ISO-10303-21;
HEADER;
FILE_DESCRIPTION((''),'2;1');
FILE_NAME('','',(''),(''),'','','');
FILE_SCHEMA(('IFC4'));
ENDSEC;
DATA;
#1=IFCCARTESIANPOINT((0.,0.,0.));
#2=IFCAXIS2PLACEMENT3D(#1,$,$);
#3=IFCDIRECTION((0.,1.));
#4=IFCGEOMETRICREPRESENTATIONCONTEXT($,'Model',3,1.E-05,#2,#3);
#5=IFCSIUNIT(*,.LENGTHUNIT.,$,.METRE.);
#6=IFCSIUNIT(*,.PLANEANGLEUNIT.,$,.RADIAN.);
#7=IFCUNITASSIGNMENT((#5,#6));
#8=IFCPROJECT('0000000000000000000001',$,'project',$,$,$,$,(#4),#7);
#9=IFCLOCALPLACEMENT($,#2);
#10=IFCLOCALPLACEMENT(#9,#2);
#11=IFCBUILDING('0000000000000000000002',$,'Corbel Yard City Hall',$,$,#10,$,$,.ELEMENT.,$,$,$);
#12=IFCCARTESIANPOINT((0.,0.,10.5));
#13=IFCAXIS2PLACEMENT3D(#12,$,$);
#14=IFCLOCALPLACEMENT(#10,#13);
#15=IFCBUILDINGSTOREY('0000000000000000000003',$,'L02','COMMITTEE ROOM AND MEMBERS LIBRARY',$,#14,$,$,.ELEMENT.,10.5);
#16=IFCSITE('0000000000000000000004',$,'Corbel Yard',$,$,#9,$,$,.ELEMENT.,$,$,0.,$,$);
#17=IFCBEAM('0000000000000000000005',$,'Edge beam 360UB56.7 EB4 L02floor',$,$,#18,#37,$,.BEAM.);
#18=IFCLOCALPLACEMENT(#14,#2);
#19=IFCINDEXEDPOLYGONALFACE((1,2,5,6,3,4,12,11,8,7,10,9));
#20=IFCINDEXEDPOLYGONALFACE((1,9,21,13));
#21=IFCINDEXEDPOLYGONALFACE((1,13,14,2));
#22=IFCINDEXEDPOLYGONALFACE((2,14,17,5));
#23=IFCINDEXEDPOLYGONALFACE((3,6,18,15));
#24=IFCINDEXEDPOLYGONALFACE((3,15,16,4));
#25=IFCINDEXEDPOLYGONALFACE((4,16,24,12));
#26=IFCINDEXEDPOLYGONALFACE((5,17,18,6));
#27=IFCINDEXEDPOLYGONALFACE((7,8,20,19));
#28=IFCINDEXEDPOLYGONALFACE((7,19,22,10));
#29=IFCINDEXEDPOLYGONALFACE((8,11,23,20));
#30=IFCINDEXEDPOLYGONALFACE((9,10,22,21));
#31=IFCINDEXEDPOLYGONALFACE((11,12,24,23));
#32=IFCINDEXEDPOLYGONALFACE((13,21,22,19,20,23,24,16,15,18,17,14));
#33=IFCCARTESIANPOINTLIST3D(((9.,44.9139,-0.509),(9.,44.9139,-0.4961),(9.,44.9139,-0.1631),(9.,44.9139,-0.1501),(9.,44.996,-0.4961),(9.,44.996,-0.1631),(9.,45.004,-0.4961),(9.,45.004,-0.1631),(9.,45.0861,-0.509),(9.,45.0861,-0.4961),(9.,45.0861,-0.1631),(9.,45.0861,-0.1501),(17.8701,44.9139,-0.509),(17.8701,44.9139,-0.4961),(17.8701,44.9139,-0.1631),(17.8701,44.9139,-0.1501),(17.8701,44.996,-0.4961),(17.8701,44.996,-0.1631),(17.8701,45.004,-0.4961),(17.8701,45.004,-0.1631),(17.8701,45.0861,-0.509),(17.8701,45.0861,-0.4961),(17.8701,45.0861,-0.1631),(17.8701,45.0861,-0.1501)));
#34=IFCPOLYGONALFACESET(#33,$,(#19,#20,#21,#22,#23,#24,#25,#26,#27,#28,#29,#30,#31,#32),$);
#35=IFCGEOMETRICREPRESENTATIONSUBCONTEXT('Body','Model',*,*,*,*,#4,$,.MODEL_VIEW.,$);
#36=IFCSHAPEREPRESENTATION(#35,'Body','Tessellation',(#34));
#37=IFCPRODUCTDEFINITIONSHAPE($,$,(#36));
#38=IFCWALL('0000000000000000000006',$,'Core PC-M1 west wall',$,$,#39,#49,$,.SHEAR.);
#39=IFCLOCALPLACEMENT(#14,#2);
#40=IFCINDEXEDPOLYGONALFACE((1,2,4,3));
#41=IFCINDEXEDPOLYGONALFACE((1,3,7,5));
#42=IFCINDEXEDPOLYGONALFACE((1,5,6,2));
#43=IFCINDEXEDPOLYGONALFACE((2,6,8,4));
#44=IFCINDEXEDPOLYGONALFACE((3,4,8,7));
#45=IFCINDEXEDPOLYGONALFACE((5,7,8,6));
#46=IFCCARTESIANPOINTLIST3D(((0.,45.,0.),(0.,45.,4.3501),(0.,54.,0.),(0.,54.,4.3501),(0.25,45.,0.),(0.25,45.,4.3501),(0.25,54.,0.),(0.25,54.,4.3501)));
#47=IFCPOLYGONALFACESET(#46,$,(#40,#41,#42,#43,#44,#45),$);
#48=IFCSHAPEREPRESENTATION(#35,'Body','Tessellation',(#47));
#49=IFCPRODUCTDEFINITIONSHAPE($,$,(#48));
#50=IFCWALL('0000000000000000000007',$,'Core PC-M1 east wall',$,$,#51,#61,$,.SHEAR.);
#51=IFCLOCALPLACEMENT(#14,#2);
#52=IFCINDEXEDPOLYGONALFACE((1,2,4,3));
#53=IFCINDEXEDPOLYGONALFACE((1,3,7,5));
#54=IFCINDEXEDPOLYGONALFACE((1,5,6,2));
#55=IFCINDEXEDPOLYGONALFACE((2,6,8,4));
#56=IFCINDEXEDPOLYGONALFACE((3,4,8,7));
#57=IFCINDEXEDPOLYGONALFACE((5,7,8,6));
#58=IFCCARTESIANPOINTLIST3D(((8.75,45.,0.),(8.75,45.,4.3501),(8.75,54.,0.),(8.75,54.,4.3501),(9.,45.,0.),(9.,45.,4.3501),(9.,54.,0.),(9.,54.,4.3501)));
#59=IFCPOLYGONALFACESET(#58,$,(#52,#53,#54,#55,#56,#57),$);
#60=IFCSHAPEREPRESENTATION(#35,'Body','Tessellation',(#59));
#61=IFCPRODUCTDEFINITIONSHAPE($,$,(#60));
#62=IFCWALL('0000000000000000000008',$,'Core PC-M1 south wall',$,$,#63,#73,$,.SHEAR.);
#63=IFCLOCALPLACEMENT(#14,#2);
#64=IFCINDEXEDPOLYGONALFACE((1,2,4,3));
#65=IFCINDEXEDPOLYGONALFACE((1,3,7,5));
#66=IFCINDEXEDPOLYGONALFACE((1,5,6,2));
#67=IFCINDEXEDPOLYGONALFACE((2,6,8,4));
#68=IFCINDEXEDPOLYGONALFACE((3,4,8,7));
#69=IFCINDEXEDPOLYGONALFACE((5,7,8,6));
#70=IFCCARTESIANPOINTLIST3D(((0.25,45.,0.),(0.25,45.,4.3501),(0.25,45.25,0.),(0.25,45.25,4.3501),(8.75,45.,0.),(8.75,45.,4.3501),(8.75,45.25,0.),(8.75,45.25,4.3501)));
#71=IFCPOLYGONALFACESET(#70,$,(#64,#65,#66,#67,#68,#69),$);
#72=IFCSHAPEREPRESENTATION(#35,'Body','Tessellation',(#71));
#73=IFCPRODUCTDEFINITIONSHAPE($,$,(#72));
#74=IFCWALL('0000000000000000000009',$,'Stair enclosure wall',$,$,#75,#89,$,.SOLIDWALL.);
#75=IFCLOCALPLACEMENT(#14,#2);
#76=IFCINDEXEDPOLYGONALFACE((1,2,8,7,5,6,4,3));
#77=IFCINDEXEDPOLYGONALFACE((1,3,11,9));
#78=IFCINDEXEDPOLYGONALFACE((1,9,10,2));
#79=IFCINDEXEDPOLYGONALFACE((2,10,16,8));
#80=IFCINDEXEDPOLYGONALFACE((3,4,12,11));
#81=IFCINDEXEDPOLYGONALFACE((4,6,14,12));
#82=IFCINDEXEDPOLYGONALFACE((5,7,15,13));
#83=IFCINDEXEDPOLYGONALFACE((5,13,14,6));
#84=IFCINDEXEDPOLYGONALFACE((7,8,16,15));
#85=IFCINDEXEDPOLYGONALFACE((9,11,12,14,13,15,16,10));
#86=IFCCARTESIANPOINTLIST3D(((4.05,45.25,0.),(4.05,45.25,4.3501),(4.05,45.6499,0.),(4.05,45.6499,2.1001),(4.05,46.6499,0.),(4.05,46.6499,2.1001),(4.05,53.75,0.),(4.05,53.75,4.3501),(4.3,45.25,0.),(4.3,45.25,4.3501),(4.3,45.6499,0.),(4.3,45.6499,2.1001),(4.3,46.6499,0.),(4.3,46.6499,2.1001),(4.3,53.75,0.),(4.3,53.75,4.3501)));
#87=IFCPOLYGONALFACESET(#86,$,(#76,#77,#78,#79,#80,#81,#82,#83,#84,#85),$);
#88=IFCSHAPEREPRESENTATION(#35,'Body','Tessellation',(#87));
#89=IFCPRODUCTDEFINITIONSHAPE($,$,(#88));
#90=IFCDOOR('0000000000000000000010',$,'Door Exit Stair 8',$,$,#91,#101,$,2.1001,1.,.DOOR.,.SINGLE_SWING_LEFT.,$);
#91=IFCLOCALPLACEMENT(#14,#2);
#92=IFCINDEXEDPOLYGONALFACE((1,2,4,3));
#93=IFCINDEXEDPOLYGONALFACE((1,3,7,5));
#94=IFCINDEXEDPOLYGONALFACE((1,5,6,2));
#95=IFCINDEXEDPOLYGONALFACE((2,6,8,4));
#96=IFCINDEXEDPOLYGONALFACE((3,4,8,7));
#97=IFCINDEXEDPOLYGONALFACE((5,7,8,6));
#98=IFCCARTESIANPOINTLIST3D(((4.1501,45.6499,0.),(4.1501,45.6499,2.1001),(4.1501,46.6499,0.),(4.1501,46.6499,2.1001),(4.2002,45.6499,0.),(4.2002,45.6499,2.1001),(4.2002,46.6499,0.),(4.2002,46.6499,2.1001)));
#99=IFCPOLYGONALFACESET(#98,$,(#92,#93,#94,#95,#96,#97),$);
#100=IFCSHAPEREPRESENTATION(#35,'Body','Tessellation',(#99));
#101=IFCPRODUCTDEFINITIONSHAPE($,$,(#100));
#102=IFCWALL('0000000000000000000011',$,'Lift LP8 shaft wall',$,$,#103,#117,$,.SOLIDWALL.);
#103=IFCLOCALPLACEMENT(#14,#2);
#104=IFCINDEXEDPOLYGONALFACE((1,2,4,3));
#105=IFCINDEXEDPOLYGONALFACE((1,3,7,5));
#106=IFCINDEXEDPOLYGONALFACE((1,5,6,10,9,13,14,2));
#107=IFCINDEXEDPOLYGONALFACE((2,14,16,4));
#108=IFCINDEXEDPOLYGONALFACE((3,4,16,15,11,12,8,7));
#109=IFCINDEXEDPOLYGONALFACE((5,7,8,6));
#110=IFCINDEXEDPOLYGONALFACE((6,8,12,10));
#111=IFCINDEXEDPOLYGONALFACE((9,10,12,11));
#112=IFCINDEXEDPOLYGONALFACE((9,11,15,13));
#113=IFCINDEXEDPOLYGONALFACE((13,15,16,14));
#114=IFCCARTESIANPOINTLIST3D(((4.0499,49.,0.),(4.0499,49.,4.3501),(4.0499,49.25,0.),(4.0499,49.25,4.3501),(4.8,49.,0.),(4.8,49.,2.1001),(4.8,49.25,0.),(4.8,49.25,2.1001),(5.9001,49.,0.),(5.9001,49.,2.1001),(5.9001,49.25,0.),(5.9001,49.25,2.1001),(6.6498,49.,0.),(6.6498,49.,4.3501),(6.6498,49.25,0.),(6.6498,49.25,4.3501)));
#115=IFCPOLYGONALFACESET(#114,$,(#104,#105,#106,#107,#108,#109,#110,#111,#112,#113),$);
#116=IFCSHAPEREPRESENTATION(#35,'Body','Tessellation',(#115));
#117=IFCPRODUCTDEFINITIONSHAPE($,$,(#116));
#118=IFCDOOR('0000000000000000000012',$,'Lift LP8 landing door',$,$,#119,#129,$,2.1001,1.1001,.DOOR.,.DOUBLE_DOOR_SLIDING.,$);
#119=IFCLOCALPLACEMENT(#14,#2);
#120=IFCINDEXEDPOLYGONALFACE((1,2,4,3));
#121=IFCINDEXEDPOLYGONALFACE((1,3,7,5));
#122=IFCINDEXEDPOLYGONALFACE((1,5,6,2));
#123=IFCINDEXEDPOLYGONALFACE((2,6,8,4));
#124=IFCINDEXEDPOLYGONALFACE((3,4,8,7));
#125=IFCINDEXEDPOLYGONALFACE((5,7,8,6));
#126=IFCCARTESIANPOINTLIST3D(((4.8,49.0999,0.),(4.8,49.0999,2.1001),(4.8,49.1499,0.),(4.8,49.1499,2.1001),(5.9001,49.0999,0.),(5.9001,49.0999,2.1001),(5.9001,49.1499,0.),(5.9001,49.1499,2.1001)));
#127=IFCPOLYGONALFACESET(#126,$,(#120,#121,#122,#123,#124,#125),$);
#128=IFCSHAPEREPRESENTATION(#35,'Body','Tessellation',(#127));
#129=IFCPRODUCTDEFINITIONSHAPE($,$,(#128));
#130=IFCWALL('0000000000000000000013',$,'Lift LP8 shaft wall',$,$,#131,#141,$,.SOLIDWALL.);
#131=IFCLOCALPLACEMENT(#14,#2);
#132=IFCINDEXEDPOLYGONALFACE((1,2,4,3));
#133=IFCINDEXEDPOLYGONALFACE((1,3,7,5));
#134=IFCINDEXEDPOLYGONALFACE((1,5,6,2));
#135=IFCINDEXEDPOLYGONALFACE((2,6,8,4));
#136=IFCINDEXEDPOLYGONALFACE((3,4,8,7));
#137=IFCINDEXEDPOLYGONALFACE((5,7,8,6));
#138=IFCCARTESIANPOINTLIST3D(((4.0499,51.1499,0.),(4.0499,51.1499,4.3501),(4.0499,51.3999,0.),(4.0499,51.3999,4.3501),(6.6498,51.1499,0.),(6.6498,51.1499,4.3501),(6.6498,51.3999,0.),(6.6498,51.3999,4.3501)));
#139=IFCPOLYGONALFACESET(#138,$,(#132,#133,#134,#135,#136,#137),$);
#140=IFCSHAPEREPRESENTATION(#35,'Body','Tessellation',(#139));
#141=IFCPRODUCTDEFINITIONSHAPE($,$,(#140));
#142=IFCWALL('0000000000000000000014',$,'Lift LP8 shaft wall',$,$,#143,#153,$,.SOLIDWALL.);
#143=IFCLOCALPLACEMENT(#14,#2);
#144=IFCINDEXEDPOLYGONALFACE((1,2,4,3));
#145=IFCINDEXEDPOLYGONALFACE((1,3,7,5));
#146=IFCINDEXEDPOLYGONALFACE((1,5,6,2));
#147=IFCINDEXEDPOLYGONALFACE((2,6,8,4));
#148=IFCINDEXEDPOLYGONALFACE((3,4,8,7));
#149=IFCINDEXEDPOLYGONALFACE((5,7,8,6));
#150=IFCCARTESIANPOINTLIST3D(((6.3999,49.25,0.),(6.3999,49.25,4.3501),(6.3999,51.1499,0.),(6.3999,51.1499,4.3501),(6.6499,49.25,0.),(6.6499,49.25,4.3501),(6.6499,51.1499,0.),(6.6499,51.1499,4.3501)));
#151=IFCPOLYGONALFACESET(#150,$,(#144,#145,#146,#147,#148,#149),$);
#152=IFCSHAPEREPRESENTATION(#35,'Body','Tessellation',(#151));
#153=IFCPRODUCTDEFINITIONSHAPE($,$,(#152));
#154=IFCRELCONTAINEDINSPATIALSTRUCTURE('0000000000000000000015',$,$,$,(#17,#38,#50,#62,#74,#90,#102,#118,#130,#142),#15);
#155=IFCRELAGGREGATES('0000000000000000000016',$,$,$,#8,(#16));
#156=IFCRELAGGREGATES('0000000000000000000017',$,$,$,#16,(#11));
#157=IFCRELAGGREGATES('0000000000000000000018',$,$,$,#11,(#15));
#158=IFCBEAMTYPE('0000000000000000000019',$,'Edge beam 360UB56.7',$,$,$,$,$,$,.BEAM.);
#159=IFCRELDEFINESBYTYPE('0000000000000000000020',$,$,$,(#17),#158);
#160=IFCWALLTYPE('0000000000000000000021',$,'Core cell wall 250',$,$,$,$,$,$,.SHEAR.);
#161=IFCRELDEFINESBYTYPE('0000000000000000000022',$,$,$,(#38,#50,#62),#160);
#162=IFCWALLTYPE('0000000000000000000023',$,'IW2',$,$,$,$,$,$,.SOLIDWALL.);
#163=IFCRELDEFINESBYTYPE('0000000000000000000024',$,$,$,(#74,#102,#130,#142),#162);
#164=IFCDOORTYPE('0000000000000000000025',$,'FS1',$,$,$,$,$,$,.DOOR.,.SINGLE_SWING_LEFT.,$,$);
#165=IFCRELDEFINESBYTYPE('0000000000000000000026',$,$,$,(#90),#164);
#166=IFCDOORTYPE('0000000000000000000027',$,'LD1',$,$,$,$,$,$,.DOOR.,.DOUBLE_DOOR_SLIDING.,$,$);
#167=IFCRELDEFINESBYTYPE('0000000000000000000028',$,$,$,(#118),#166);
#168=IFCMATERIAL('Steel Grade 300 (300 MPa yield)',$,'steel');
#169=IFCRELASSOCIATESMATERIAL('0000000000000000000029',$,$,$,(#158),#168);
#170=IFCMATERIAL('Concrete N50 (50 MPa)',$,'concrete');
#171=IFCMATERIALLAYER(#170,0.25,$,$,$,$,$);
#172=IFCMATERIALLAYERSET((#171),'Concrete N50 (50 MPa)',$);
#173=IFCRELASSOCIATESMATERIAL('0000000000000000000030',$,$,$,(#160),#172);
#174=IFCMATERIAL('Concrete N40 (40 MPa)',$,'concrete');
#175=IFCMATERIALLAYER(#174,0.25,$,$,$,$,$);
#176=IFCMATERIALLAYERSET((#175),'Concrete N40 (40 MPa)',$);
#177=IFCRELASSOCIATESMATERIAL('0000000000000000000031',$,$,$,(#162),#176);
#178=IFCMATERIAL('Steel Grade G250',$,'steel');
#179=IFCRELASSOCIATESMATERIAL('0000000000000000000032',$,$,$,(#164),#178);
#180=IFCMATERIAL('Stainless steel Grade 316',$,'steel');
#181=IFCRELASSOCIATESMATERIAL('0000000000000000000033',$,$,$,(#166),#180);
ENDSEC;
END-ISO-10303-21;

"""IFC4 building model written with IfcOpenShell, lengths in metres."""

from ifc_helpers import new_model, si_unit, direction, frame, frame_2d, origin, origin_2d, place, context, subcontext, project, spatial, rectangle, i_section, extrude, material, layer, layer_set, material_profile, profile_set, type_object, element, fill, save


model = new_model("IFC4")

# Units and contexts
model_context = context("Model", 3, precision=1e-05, world=origin(), true_north=direction((0.0, 1.0)))
body_context = subcontext(model_context, "Body", "Model", "MODEL_VIEW")
ifc_project = project(units=[si_unit("LENGTHUNIT", "METRE"), si_unit("PLANEANGLEUNIT", "RADIAN")], contexts=[model_context])

# Site, building, storey
site_placement = place(None, origin())
site = spatial("IfcSite", under=ifc_project, at=site_placement, Name="Corbel Yard", CompositionType="ELEMENT", RefElevation=0.0)
building_placement = place(site_placement, origin())
building = spatial("IfcBuilding", under=site, at=building_placement, Name="Corbel Yard City Hall", CompositionType="ELEMENT")
storey_placement = place(building_placement, frame((0.0, 0.0, 10.5)))
storey = spatial("IfcBuildingStorey", under=building, at=storey_placement, Name="L02", Description="COMMITTEE ROOM AND MEMBERS LIBRARY", CompositionType="ELEMENT", Elevation=10.5)

# Beam
ifc_material_1 = material(Name="Steel Grade 300 (300 MPa yield)", Category="steel")
ifc_material_profile = material_profile(ifc_material_1, i_section(OverallWidth=0.1721, OverallDepth=0.3589, WebThickness=0.0081, FlangeThickness=0.0129, at=origin_2d()), Name="360UB56.7")
ifc_profile_set = profile_set([ifc_material_profile], Name="Steel Grade 300 (300 MPa yield)")
beam_type = type_object("IfcBeamType", Name="Edge beam 360UB56.7", PredefinedType="BEAM", material=ifc_profile_set)
beam_placement = place(storey_placement, frame((9.0, 45.0, -0.3296), z_axis=(1.0, 0.0, 0.0), x_axis=(0.0, 1.0, 0.0)))
element("IfcBeam", 1, at=beam_placement, inside=storey, type_object=beam_type, Name="Edge beam 360UB56.7 EB4 L02floor", PredefinedType="BEAM", context=body_context, shape_type="SweptSolid", body=[
    extrude(i_section(OverallWidth=0.1721, OverallDepth=0.3589, WebThickness=0.0081, FlangeThickness=0.0129, at=origin_2d()), origin(), (0.0, 0.0, 1.0), 8.8701),
])

# Walls
ifc_material_2 = material(Name="Concrete N50 (50 MPa)", Category="concrete")
ifc_layer_1 = layer(ifc_material_2, 0.25)
ifc_layer_set_1 = layer_set([ifc_layer_1], Name="Concrete N50 (50 MPa)")
wall_type_1 = type_object("IfcWallType", Name="Core cell wall 250", PredefinedType="SHEAR", material=ifc_layer_set_1)
for number, where, z_axis, x_axis, name in (
    (2, (0.125, 45.0, 0.0), (0.0, 0.0, 1.0), (0.0, 1.0, 0.0), "Core PC-M1 west wall"),
    (3, (8.875, 45.0, 0.0), (0.0, 0.0, 1.0), (0.0, 1.0, 0.0), "Core PC-M1 east wall"),
):
    element("IfcWall", number, at=place(storey_placement, frame(where, z_axis=z_axis, x_axis=x_axis)), inside=storey, type_object=wall_type_1, Name=name, PredefinedType="SHEAR", context=body_context, shape_type="SweptSolid", body=[
        extrude(rectangle(XDim=9.0, YDim=0.25, at=frame_2d((4.5, 0.0))), origin(), (0.0, 0.0, 1.0), 4.3501),
    ])
wall_1_placement = place(storey_placement, frame((0.25, 45.125, 0.0), z_axis=(0.0, 0.0, 1.0), x_axis=(1.0, 0.0, 0.0)))
element("IfcWall", 4, at=wall_1_placement, inside=storey, type_object=wall_type_1, Name="Core PC-M1 south wall", PredefinedType="SHEAR", context=body_context, shape_type="SweptSolid", body=[
    extrude(rectangle(XDim=8.5, YDim=0.25, at=frame_2d((4.25, 0.0))), origin(), (0.0, 0.0, 1.0), 4.3501),
])

# Walls, openings, doors
ifc_material_3 = material(Name="Concrete N40 (40 MPa)", Category="concrete")
ifc_layer_2 = layer(ifc_material_3, 0.25)
ifc_layer_set_2 = layer_set([ifc_layer_2], Name="Concrete N40 (40 MPa)")
wall_type_2 = type_object("IfcWallType", Name="IW2", PredefinedType="SOLIDWALL", material=ifc_layer_set_2)
wall_2_placement = place(storey_placement, frame((4.175, 45.25, 0.0), z_axis=(0.0, 0.0, 1.0), x_axis=(0.0, 1.0, 0.0)))
wall_2 = element("IfcWall", 5, at=wall_2_placement, inside=storey, type_object=wall_type_2, Name="Stair enclosure wall", PredefinedType="SOLIDWALL", context=body_context, shape_type="SweptSolid", body=[
    extrude(rectangle(XDim=8.5, YDim=0.25, at=frame_2d((4.25, 0.0))), origin(), (0.0, 0.0, 1.0), 4.3501),
])
opening_1_placement = place(wall_2_placement, frame((0.3999, 0.0, 0.0)))
opening_1 = element("IfcOpeningElement", 6, at=opening_1_placement, cuts=wall_2, PredefinedType="OPENING", context=body_context, shape_type="SweptSolid", body=[
    extrude(rectangle(XDim=1.0, YDim=2.1001, at=frame_2d((0.5, 1.05))), frame((0.0, 0.135, 0.0), z_axis=(0.0, -1.0, 0.0), x_axis=(1.0, 0.0, 0.0)), (0.0, 0.0, 1.0), 0.27),
])
ifc_material_4 = material(Name="Steel Grade G250", Category="steel")
door_type_1 = type_object("IfcDoorType", Name="FS1", OperationType="SINGLE_SWING_LEFT", PredefinedType="DOOR", material=ifc_material_4)
door_1_placement = place(opening_1_placement, origin())
door_1 = element("IfcDoor", 7, at=door_1_placement, inside=storey, type_object=door_type_1, Name="Door Exit Stair 8", OperationType="SINGLE_SWING_LEFT", OverallHeight=2.1001, OverallWidth=1.0, PredefinedType="DOOR", context=body_context, shape_type="SweptSolid", body=[
    extrude(rectangle(XDim=1.0, YDim=2.1001, at=frame_2d((0.5, 1.05))), frame((0.0, 0.0249, 0.0), z_axis=(0.0, -1.0, 0.0), x_axis=(1.0, 0.0, 0.0)), (0.0, 0.0, 1.0), 0.05),
])
fill(opening_1, door_1)
wall_3_placement = place(storey_placement, frame((4.05, 49.125, 0.0), z_axis=(0.0, 0.0, 1.0), x_axis=(1.0, 0.0, 0.0)))
wall_3 = element("IfcWall", 8, at=wall_3_placement, inside=storey, type_object=wall_type_2, Name="Lift LP8 shaft wall", PredefinedType="SOLIDWALL", context=body_context, shape_type="SweptSolid", body=[
    extrude(rectangle(XDim=2.5999, YDim=0.25, at=frame_2d((1.2998, 0.0))), origin(), (0.0, 0.0, 1.0), 4.3501),
])
opening_2_placement = place(wall_3_placement, frame((0.75, 0.0, 0.0)))
opening_2 = element("IfcOpeningElement", 9, at=opening_2_placement, cuts=wall_3, PredefinedType="OPENING", context=body_context, shape_type="SweptSolid", body=[
    extrude(rectangle(XDim=1.1001, YDim=2.1001, at=frame_2d((0.55, 1.05))), frame((0.0, 0.135, 0.0), z_axis=(0.0, -1.0, 0.0), x_axis=(1.0, 0.0, 0.0)), (0.0, 0.0, 1.0), 0.27),
])
ifc_material_5 = material(Name="Stainless steel Grade 316", Category="steel")
door_type_2 = type_object("IfcDoorType", Name="LD1", OperationType="DOUBLE_DOOR_SLIDING", PredefinedType="DOOR", material=ifc_material_5)
door_2_placement = place(opening_2_placement, origin())
door_2 = element("IfcDoor", 10, at=door_2_placement, inside=storey, type_object=door_type_2, Name="Lift LP8 landing door", OperationType="DOUBLE_DOOR_SLIDING", OverallHeight=2.1001, OverallWidth=1.1001, PredefinedType="DOOR", context=body_context, shape_type="SweptSolid", body=[
    extrude(rectangle(XDim=1.1001, YDim=2.1001, at=frame_2d((0.55, 1.05))), frame((0.0, 0.0249, 0.0), z_axis=(0.0, -1.0, 0.0), x_axis=(1.0, 0.0, 0.0)), (0.0, 0.0, 1.0), 0.05),
])
fill(opening_2, door_2)

# Walls
wall_4_placement = place(storey_placement, frame((4.05, 51.2749, 0.0), z_axis=(0.0, 0.0, 1.0), x_axis=(1.0, 0.0, 0.0)))
element("IfcWall", 11, at=wall_4_placement, inside=storey, type_object=wall_type_2, Name="Lift LP8 shaft wall", PredefinedType="SOLIDWALL", context=body_context, shape_type="SweptSolid", body=[
    extrude(rectangle(XDim=2.5999, YDim=0.25, at=frame_2d((1.2998, 0.0))), origin(), (0.0, 0.0, 1.0), 4.3501),
])
wall_5_placement = place(storey_placement, frame((6.5249, 49.25, 0.0), z_axis=(0.0, 0.0, 1.0), x_axis=(0.0, 1.0, 0.0)))
element("IfcWall", 12, at=wall_5_placement, inside=storey, type_object=wall_type_2, Name="Lift LP8 shaft wall", PredefinedType="SOLIDWALL", context=body_context, shape_type="SweptSolid", body=[
    extrude(rectangle(XDim=1.8999, YDim=0.25, at=frame_2d((0.95, 0.0))), origin(), (0.0, 0.0, 1.0), 4.3501),
])

save(model, "model.ifc")
